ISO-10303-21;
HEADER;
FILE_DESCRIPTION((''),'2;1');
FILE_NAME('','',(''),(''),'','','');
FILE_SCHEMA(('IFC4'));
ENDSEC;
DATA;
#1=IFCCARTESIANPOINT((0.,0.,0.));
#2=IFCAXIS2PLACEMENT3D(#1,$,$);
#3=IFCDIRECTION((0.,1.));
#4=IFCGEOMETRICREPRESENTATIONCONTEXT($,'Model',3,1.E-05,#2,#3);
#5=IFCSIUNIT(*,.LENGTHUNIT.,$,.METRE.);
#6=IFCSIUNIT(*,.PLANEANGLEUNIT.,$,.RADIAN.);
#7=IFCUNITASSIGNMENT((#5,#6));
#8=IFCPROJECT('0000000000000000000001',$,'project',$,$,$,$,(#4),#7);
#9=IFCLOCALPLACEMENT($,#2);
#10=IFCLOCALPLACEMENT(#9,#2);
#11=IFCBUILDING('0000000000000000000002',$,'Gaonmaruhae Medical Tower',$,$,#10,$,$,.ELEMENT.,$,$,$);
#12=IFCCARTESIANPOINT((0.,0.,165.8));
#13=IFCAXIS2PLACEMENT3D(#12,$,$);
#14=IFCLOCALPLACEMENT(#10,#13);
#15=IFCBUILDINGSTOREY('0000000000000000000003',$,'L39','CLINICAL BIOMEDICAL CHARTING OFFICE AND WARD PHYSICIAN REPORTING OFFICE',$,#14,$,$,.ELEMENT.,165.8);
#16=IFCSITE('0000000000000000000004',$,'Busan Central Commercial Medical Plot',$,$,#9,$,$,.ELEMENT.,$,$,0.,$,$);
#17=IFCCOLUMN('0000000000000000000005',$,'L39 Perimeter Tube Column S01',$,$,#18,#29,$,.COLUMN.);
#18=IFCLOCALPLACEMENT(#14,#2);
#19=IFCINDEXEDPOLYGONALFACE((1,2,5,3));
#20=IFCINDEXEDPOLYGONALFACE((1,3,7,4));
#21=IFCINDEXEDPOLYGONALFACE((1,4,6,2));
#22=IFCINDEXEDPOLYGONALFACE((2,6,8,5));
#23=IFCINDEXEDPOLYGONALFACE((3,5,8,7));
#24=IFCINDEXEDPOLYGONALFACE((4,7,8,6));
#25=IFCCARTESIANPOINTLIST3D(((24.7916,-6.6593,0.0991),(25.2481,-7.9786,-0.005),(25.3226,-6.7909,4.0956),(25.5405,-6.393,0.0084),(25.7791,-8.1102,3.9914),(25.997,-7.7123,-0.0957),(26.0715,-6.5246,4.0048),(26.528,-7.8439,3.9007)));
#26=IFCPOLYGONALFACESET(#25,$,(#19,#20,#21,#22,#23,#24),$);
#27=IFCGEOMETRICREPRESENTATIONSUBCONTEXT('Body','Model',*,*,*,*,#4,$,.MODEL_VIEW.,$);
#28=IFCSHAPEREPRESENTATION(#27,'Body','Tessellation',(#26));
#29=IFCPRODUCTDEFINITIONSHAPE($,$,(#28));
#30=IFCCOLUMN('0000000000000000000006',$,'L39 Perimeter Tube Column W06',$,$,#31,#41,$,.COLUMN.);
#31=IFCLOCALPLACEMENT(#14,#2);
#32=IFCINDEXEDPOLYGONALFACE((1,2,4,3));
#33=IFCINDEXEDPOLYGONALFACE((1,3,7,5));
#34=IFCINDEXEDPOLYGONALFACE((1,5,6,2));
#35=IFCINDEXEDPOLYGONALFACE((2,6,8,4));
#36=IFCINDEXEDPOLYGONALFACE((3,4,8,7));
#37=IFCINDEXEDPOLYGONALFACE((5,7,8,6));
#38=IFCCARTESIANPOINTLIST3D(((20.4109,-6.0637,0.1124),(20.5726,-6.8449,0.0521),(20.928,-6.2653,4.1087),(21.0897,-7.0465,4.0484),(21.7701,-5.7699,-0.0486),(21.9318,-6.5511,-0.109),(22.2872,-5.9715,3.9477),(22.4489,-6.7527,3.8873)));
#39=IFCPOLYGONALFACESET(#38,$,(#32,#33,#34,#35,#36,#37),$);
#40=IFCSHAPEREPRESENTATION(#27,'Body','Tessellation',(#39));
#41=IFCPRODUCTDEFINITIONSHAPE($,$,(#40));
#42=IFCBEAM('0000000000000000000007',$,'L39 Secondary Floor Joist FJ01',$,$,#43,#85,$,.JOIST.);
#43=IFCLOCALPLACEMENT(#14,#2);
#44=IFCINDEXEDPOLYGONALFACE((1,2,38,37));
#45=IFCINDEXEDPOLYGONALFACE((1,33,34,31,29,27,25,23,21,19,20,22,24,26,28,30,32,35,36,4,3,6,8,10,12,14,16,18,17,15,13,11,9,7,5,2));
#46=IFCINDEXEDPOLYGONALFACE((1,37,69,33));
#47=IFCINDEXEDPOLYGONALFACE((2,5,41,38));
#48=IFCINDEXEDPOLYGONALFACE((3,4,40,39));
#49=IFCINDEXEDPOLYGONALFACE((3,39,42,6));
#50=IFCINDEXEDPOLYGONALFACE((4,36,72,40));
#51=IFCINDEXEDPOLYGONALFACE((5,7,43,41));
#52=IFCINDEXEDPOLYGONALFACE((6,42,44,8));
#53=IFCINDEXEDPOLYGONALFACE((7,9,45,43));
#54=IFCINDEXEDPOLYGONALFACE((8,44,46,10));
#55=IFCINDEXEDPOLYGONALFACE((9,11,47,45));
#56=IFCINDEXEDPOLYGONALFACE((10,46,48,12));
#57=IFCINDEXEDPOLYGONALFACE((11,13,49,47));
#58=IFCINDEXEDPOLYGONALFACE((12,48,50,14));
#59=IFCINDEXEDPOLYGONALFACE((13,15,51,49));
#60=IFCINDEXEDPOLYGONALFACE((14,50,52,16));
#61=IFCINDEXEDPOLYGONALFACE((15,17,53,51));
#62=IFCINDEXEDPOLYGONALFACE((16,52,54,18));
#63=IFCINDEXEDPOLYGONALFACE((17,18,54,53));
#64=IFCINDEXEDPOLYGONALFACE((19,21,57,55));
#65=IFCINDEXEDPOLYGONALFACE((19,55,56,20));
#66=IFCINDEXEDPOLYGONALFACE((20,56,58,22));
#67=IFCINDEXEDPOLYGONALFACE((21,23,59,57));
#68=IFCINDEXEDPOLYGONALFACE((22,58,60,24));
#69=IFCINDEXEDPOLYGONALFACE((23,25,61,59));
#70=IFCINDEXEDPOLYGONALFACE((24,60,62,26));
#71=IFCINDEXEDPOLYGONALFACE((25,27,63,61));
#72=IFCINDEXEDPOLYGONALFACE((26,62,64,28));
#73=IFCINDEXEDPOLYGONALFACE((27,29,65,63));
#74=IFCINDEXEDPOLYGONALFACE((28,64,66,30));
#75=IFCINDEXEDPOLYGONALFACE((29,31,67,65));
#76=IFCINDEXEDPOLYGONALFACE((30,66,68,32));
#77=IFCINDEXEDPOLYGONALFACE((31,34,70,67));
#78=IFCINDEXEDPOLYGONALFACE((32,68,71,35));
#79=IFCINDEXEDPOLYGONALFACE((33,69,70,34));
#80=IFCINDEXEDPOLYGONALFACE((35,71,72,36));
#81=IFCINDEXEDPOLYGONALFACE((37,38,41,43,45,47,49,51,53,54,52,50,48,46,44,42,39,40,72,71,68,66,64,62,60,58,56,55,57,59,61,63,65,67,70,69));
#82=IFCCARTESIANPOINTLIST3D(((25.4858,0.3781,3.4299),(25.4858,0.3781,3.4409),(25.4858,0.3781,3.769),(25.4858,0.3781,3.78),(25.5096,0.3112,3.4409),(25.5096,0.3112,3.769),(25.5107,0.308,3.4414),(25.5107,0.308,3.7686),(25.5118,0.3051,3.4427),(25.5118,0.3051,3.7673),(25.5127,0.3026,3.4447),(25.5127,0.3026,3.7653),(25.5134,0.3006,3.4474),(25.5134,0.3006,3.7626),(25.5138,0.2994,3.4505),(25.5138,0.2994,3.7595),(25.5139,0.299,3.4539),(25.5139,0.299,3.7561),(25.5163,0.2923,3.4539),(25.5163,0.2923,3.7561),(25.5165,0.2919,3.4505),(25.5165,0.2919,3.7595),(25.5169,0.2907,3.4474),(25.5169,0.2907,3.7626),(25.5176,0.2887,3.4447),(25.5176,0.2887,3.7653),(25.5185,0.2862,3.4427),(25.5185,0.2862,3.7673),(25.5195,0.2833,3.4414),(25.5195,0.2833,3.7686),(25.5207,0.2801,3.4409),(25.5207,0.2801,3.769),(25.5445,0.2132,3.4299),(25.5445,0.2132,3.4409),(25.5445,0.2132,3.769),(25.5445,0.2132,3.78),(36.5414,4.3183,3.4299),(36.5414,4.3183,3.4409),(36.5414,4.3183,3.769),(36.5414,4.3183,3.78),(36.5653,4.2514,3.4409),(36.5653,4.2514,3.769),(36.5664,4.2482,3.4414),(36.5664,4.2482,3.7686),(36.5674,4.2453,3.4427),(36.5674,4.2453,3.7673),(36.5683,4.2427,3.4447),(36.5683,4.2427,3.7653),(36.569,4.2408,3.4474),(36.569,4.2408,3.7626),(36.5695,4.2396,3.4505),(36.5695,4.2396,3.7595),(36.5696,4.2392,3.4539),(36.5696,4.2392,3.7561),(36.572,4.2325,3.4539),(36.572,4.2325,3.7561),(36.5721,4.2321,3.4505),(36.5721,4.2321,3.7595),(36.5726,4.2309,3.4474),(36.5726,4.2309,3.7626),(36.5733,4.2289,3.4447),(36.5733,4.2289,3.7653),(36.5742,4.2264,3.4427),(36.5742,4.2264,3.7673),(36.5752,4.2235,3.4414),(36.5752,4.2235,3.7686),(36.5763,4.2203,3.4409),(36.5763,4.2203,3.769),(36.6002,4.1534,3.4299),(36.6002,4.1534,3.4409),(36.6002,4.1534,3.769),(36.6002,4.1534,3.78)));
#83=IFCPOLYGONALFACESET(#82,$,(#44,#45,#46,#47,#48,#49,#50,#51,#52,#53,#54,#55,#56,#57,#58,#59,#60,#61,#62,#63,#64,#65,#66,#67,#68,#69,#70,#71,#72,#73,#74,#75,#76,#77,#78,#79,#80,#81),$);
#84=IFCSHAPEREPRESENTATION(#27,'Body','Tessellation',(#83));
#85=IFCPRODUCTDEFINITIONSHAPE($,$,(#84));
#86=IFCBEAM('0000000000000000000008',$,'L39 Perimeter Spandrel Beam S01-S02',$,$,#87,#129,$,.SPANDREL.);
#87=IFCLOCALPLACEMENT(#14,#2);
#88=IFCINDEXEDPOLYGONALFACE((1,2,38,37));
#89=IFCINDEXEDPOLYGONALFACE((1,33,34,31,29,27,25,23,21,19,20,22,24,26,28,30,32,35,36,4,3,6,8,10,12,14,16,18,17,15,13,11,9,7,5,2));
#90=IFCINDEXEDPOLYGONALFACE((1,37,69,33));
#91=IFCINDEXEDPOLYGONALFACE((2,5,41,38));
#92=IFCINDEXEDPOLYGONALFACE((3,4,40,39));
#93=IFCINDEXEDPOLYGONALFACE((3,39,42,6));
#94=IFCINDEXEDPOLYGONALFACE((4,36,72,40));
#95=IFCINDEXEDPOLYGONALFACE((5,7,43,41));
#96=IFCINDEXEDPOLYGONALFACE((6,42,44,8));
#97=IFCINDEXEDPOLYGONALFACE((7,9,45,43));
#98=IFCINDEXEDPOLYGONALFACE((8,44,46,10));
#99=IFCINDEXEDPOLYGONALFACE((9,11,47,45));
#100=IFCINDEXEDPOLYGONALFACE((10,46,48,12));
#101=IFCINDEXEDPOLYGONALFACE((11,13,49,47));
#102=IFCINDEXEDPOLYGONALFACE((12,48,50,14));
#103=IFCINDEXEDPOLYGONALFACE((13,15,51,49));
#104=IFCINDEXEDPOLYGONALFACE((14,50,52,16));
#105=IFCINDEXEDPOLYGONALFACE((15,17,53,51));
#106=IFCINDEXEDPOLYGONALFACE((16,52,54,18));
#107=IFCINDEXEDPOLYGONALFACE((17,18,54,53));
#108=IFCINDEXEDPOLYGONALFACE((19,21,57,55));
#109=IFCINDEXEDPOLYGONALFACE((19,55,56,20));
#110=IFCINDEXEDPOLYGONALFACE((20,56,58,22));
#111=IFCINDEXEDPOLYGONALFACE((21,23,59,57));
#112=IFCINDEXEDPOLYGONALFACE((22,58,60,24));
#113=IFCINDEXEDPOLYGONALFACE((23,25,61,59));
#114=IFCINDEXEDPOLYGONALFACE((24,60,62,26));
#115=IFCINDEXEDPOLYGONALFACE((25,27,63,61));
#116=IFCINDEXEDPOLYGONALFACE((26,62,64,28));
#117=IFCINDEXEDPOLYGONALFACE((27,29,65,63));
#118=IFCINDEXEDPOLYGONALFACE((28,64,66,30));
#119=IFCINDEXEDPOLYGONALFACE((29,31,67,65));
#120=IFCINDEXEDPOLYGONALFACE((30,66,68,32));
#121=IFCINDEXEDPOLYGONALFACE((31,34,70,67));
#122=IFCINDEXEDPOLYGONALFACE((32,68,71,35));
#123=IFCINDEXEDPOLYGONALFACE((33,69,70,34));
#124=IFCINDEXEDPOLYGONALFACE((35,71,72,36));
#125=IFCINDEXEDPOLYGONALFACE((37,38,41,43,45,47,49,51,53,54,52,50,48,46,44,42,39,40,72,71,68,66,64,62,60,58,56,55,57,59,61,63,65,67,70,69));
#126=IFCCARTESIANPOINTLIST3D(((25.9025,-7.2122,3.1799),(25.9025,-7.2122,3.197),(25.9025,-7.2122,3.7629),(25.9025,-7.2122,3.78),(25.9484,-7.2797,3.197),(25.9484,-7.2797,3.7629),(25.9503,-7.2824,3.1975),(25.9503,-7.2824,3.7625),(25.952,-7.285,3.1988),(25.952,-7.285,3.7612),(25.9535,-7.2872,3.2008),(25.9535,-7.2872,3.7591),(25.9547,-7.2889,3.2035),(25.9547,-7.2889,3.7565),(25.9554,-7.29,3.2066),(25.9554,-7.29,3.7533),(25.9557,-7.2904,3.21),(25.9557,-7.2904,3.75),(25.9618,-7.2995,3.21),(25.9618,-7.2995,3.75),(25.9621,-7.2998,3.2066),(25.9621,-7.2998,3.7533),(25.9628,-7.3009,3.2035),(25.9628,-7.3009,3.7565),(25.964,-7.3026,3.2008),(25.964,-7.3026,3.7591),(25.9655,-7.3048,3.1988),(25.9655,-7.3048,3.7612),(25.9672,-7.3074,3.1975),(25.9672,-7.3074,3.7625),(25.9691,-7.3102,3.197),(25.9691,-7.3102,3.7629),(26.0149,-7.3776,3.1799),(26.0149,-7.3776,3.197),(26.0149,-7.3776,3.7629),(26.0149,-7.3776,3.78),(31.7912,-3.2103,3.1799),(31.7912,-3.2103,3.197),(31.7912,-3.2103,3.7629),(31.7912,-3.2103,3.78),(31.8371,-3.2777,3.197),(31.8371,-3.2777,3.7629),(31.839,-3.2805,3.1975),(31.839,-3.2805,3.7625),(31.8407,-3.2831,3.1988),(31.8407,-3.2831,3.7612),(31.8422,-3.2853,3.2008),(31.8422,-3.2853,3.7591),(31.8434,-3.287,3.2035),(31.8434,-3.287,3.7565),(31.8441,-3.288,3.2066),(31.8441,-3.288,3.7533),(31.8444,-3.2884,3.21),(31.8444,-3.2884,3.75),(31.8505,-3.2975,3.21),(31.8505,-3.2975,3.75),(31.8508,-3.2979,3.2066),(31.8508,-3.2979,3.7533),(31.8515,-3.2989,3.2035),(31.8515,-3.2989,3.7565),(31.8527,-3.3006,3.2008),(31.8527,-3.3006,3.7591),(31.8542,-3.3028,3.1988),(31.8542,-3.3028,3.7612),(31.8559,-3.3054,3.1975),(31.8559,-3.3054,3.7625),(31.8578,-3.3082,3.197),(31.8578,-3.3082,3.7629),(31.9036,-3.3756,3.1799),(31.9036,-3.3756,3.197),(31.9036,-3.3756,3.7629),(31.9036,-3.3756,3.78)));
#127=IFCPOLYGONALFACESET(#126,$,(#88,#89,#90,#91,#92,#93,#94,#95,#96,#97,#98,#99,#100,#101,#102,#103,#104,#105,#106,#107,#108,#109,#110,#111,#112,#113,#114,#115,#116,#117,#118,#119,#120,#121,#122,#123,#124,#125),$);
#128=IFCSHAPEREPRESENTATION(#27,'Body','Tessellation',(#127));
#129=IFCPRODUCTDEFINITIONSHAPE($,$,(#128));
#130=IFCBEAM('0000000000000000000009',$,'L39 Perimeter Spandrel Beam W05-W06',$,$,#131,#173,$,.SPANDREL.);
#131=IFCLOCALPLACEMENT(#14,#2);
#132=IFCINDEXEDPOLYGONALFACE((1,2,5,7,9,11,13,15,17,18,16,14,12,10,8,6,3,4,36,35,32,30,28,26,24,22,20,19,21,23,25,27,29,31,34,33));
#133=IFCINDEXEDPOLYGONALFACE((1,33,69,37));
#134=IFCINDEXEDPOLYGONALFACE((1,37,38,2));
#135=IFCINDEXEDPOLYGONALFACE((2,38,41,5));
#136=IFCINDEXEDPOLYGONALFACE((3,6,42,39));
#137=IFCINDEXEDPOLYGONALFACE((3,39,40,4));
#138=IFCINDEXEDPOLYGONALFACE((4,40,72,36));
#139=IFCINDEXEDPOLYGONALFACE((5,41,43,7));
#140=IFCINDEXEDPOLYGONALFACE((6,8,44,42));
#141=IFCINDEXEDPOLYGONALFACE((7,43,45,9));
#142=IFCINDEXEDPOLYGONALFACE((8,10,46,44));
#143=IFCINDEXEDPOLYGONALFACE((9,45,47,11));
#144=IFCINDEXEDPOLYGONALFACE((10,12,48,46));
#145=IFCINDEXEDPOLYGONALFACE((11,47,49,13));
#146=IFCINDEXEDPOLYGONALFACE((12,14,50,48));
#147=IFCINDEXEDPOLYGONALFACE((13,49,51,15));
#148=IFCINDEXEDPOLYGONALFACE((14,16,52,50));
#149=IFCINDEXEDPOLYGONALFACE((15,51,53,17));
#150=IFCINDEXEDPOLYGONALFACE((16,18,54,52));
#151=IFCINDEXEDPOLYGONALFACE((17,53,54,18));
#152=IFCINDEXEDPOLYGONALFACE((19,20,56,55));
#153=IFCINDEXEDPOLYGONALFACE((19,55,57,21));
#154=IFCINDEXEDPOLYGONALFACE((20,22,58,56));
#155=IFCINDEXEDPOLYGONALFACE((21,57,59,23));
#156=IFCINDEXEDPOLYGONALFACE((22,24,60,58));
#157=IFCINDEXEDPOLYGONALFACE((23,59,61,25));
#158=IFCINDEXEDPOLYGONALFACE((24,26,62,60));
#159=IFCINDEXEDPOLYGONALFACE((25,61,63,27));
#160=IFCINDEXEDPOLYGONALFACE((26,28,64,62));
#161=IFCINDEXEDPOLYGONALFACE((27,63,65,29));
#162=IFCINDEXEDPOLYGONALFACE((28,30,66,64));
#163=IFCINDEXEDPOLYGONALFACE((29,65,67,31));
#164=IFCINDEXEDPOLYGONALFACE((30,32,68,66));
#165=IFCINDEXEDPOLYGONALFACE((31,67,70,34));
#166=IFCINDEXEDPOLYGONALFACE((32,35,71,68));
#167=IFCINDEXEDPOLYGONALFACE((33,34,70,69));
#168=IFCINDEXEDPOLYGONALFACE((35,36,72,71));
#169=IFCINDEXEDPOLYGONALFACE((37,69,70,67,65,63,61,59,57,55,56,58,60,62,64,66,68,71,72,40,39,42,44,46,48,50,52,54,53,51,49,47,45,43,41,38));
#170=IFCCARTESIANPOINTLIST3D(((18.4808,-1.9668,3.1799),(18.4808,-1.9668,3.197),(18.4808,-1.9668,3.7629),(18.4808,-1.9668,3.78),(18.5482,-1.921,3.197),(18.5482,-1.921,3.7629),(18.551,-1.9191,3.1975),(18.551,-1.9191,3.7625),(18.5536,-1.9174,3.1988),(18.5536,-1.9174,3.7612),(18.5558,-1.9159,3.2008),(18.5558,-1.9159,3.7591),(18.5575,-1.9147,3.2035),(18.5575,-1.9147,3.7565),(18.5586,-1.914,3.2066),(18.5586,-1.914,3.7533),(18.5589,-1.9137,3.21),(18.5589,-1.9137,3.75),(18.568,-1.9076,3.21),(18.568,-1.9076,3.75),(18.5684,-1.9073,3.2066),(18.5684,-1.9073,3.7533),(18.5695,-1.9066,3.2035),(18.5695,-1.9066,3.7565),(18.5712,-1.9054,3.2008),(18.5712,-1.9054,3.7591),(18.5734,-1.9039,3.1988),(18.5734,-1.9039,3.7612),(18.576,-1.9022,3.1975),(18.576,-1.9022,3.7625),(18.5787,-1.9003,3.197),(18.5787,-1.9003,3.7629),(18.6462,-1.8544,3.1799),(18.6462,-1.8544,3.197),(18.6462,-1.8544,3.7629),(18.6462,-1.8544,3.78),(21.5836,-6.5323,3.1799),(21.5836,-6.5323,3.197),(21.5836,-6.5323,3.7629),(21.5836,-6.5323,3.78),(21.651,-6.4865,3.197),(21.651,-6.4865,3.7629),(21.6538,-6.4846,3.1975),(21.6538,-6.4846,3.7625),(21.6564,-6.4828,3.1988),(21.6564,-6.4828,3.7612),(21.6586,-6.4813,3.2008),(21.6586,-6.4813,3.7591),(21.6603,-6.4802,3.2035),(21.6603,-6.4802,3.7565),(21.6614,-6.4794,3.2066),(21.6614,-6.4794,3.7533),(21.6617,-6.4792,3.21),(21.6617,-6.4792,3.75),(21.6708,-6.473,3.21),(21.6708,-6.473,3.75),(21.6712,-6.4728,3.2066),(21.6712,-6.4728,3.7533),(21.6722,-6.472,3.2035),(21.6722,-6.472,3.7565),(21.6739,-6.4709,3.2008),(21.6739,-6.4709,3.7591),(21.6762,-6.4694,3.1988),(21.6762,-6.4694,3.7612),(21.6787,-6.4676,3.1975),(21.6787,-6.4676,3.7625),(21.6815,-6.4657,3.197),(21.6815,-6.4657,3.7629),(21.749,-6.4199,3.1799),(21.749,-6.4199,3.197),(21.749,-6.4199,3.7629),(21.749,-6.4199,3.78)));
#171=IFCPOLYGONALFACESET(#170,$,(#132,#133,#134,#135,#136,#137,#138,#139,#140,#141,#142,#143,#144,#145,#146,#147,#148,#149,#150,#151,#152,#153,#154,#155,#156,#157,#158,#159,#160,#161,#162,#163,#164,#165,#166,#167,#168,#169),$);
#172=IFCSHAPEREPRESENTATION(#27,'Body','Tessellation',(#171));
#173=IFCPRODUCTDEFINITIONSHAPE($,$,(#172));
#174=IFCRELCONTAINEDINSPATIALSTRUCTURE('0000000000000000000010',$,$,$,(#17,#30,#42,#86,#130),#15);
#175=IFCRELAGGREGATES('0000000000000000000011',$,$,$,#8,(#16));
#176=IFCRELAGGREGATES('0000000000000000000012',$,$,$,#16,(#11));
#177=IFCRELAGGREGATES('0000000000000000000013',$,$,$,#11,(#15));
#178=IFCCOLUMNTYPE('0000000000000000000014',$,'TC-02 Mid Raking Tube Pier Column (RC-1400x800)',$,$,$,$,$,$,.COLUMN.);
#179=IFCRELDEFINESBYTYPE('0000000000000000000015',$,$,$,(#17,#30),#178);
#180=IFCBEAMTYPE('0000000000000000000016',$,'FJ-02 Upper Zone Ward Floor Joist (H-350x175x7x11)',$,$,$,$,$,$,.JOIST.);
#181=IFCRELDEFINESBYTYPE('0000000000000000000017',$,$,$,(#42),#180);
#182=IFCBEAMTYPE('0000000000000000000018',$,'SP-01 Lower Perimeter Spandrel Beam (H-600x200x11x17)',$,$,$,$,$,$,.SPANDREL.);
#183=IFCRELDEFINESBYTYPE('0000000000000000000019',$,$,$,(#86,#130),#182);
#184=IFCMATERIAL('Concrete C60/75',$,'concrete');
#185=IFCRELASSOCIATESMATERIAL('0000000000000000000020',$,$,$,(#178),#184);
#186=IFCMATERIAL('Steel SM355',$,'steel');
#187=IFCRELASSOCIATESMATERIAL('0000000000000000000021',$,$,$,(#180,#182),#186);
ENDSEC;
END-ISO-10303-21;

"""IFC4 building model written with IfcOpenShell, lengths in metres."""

from ifc_helpers import new_model, si_unit, direction, frame, origin, origin_2d, place, context, subcontext, project, spatial, rectangle, i_section, extrude, material, material_profile, profile_set, type_object, element, save


model = new_model("IFC4")

# Units and contexts
model_context = context("Model", 3, precision=1e-05, world=origin(), true_north=direction((0.0, 1.0)))
body_context = subcontext(model_context, "Body", "Model", "MODEL_VIEW")
ifc_project = project(units=[si_unit("LENGTHUNIT", "METRE"), si_unit("PLANEANGLEUNIT", "RADIAN")], contexts=[model_context])

# Site, building, storey
site_placement = place(None, origin())
site = spatial("IfcSite", under=ifc_project, at=site_placement, Name="Busan Central Commercial Medical Plot", CompositionType="ELEMENT", RefElevation=0.0)
building_placement = place(site_placement, origin())
building = spatial("IfcBuilding", under=site, at=building_placement, Name="Gaonmaruhae Medical Tower", CompositionType="ELEMENT")
storey_placement = place(building_placement, frame((0.0, 0.0, 165.8)))
storey = spatial("IfcBuildingStorey", under=building, at=storey_placement, Name="L39", Description="CLINICAL BIOMEDICAL CHARTING OFFICE AND WARD PHYSICIAN REPORTING OFFICE", CompositionType="ELEMENT", Elevation=165.8)

# Columns
ifc_material_1 = material(Name="Concrete C60/75", Category="concrete")
ifc_material_profile_1 = material_profile(ifc_material_1, rectangle(XDim=1.3999, YDim=0.8, at=origin_2d()), Name="RC-1400x800")
ifc_profile_set_1 = profile_set([ifc_material_profile_1], Name="Concrete C60/75")
column_type = type_object("IfcColumnType", Name="TC-02 Mid Raking Tube Pier Column (RC-1400x800)", PredefinedType="COLUMN", material=ifc_profile_set_1)
column_1_placement = place(storey_placement, frame((25.3943, -7.1858, 0.0017), z_axis=(0.131645, -0.032624, 0.99076), x_axis=(-0.326117, 0.9424, 0.074364)))
element("IfcColumn", 1, at=column_1_placement, inside=storey, type_object=column_type, Name="L39 Perimeter Tube Column S01", PredefinedType="COLUMN", context=body_context, shape_type="SweptSolid", body=[
    extrude(rectangle(XDim=1.3999, YDim=0.8, at=origin_2d()), origin(), (0.0, 0.0, 1.0), 4.0337),
])
column_2_placement = place(storey_placement, frame((21.1714, -6.3074, 0.0017), z_axis=(0.128161, -0.049982, 0.990493), x_axis=(-0.970941, -0.209856, 0.115041)))
element("IfcColumn", 2, at=column_2_placement, inside=storey, type_object=column_type, Name="L39 Perimeter Tube Column W06", PredefinedType="COLUMN", context=body_context, shape_type="SweptSolid", body=[
    extrude(rectangle(XDim=1.3999, YDim=0.8, at=origin_2d()), origin(), (0.0, 0.0, 1.0), 4.0347),
])

# Beams
ifc_material_2 = material(Name="Steel SM355", Category="steel")
ifc_material_profile_2 = material_profile(ifc_material_2, i_section(OverallWidth=0.175, OverallDepth=0.3501, WebThickness=0.0071, FlangeThickness=0.011, FilletRadius=0.0129, at=origin_2d()), Name="H-350x175x7x11")
ifc_profile_set_2 = profile_set([ifc_material_profile_2], Name="Steel SM355")
beam_type_1 = type_object("IfcBeamType", Name="FJ-02 Upper Zone Ward Floor Joist (H-350x175x7x11)", PredefinedType="JOIST", material=ifc_profile_set_2)
beam_1_placement = place(storey_placement, frame((25.5151, 0.2957, 3.605), z_axis=(0.941965, 0.335712, 0.0), x_axis=(-0.335712, 0.941965, 0.0)))
element("IfcBeam", 3, at=beam_1_placement, inside=storey, type_object=beam_type_1, Name="L39 Secondary Floor Joist FJ01", PredefinedType="JOIST", context=body_context, shape_type="SweptSolid", body=[
    extrude(i_section(OverallWidth=0.175, OverallDepth=0.3501, WebThickness=0.0071, FlangeThickness=0.011, FilletRadius=0.0129, at=origin_2d()), origin(), (0.0, 0.0, 1.0), 11.7368),
])
ifc_material_profile_3 = material_profile(ifc_material_2, i_section(OverallWidth=0.2, OverallDepth=0.6001, WebThickness=0.011, FlangeThickness=0.0171, FilletRadius=0.0129, at=origin_2d()), Name="H-600x200x11x17")
ifc_profile_set_3 = profile_set([ifc_material_profile_3], Name="Steel SM355")
beam_type_2 = type_object("IfcBeamType", Name="SP-01 Lower Perimeter Spandrel Beam (H-600x200x11x17)", PredefinedType="SPANDREL", material=ifc_profile_set_3)
beam_2_placement = place(storey_placement, frame((25.9587, -7.2949, 3.48), z_axis=(0.82708, 0.562085, 0.0), x_axis=(-0.562085, 0.82708, 0.0)))
element("IfcBeam", 4, at=beam_2_placement, inside=storey, type_object=beam_type_2, Name="L39 Perimeter Spandrel Beam S01-S02", PredefinedType="SPANDREL", context=body_context, shape_type="SweptSolid", body=[
    extrude(i_section(OverallWidth=0.2, OverallDepth=0.6001, WebThickness=0.011, FlangeThickness=0.0171, FilletRadius=0.0129, at=origin_2d()), origin(), (0.0, 0.0, 1.0), 7.1199),
])
beam_3_placement = place(storey_placement, frame((18.5635, -1.9106, 3.48), z_axis=(0.562098, -0.82707, 0.0), x_axis=(0.82707, 0.562098, 0.0)))
element("IfcBeam", 5, at=beam_3_placement, inside=storey, type_object=beam_type_2, Name="L39 Perimeter Spandrel Beam W05-W06", PredefinedType="SPANDREL", context=body_context, shape_type="SweptSolid", body=[
    extrude(i_section(OverallWidth=0.2, OverallDepth=0.6001, WebThickness=0.011, FlangeThickness=0.0171, FilletRadius=0.0129, at=origin_2d()), origin(), (0.0, 0.0, 1.0), 5.52),
])

save(model, "model.ifc")
